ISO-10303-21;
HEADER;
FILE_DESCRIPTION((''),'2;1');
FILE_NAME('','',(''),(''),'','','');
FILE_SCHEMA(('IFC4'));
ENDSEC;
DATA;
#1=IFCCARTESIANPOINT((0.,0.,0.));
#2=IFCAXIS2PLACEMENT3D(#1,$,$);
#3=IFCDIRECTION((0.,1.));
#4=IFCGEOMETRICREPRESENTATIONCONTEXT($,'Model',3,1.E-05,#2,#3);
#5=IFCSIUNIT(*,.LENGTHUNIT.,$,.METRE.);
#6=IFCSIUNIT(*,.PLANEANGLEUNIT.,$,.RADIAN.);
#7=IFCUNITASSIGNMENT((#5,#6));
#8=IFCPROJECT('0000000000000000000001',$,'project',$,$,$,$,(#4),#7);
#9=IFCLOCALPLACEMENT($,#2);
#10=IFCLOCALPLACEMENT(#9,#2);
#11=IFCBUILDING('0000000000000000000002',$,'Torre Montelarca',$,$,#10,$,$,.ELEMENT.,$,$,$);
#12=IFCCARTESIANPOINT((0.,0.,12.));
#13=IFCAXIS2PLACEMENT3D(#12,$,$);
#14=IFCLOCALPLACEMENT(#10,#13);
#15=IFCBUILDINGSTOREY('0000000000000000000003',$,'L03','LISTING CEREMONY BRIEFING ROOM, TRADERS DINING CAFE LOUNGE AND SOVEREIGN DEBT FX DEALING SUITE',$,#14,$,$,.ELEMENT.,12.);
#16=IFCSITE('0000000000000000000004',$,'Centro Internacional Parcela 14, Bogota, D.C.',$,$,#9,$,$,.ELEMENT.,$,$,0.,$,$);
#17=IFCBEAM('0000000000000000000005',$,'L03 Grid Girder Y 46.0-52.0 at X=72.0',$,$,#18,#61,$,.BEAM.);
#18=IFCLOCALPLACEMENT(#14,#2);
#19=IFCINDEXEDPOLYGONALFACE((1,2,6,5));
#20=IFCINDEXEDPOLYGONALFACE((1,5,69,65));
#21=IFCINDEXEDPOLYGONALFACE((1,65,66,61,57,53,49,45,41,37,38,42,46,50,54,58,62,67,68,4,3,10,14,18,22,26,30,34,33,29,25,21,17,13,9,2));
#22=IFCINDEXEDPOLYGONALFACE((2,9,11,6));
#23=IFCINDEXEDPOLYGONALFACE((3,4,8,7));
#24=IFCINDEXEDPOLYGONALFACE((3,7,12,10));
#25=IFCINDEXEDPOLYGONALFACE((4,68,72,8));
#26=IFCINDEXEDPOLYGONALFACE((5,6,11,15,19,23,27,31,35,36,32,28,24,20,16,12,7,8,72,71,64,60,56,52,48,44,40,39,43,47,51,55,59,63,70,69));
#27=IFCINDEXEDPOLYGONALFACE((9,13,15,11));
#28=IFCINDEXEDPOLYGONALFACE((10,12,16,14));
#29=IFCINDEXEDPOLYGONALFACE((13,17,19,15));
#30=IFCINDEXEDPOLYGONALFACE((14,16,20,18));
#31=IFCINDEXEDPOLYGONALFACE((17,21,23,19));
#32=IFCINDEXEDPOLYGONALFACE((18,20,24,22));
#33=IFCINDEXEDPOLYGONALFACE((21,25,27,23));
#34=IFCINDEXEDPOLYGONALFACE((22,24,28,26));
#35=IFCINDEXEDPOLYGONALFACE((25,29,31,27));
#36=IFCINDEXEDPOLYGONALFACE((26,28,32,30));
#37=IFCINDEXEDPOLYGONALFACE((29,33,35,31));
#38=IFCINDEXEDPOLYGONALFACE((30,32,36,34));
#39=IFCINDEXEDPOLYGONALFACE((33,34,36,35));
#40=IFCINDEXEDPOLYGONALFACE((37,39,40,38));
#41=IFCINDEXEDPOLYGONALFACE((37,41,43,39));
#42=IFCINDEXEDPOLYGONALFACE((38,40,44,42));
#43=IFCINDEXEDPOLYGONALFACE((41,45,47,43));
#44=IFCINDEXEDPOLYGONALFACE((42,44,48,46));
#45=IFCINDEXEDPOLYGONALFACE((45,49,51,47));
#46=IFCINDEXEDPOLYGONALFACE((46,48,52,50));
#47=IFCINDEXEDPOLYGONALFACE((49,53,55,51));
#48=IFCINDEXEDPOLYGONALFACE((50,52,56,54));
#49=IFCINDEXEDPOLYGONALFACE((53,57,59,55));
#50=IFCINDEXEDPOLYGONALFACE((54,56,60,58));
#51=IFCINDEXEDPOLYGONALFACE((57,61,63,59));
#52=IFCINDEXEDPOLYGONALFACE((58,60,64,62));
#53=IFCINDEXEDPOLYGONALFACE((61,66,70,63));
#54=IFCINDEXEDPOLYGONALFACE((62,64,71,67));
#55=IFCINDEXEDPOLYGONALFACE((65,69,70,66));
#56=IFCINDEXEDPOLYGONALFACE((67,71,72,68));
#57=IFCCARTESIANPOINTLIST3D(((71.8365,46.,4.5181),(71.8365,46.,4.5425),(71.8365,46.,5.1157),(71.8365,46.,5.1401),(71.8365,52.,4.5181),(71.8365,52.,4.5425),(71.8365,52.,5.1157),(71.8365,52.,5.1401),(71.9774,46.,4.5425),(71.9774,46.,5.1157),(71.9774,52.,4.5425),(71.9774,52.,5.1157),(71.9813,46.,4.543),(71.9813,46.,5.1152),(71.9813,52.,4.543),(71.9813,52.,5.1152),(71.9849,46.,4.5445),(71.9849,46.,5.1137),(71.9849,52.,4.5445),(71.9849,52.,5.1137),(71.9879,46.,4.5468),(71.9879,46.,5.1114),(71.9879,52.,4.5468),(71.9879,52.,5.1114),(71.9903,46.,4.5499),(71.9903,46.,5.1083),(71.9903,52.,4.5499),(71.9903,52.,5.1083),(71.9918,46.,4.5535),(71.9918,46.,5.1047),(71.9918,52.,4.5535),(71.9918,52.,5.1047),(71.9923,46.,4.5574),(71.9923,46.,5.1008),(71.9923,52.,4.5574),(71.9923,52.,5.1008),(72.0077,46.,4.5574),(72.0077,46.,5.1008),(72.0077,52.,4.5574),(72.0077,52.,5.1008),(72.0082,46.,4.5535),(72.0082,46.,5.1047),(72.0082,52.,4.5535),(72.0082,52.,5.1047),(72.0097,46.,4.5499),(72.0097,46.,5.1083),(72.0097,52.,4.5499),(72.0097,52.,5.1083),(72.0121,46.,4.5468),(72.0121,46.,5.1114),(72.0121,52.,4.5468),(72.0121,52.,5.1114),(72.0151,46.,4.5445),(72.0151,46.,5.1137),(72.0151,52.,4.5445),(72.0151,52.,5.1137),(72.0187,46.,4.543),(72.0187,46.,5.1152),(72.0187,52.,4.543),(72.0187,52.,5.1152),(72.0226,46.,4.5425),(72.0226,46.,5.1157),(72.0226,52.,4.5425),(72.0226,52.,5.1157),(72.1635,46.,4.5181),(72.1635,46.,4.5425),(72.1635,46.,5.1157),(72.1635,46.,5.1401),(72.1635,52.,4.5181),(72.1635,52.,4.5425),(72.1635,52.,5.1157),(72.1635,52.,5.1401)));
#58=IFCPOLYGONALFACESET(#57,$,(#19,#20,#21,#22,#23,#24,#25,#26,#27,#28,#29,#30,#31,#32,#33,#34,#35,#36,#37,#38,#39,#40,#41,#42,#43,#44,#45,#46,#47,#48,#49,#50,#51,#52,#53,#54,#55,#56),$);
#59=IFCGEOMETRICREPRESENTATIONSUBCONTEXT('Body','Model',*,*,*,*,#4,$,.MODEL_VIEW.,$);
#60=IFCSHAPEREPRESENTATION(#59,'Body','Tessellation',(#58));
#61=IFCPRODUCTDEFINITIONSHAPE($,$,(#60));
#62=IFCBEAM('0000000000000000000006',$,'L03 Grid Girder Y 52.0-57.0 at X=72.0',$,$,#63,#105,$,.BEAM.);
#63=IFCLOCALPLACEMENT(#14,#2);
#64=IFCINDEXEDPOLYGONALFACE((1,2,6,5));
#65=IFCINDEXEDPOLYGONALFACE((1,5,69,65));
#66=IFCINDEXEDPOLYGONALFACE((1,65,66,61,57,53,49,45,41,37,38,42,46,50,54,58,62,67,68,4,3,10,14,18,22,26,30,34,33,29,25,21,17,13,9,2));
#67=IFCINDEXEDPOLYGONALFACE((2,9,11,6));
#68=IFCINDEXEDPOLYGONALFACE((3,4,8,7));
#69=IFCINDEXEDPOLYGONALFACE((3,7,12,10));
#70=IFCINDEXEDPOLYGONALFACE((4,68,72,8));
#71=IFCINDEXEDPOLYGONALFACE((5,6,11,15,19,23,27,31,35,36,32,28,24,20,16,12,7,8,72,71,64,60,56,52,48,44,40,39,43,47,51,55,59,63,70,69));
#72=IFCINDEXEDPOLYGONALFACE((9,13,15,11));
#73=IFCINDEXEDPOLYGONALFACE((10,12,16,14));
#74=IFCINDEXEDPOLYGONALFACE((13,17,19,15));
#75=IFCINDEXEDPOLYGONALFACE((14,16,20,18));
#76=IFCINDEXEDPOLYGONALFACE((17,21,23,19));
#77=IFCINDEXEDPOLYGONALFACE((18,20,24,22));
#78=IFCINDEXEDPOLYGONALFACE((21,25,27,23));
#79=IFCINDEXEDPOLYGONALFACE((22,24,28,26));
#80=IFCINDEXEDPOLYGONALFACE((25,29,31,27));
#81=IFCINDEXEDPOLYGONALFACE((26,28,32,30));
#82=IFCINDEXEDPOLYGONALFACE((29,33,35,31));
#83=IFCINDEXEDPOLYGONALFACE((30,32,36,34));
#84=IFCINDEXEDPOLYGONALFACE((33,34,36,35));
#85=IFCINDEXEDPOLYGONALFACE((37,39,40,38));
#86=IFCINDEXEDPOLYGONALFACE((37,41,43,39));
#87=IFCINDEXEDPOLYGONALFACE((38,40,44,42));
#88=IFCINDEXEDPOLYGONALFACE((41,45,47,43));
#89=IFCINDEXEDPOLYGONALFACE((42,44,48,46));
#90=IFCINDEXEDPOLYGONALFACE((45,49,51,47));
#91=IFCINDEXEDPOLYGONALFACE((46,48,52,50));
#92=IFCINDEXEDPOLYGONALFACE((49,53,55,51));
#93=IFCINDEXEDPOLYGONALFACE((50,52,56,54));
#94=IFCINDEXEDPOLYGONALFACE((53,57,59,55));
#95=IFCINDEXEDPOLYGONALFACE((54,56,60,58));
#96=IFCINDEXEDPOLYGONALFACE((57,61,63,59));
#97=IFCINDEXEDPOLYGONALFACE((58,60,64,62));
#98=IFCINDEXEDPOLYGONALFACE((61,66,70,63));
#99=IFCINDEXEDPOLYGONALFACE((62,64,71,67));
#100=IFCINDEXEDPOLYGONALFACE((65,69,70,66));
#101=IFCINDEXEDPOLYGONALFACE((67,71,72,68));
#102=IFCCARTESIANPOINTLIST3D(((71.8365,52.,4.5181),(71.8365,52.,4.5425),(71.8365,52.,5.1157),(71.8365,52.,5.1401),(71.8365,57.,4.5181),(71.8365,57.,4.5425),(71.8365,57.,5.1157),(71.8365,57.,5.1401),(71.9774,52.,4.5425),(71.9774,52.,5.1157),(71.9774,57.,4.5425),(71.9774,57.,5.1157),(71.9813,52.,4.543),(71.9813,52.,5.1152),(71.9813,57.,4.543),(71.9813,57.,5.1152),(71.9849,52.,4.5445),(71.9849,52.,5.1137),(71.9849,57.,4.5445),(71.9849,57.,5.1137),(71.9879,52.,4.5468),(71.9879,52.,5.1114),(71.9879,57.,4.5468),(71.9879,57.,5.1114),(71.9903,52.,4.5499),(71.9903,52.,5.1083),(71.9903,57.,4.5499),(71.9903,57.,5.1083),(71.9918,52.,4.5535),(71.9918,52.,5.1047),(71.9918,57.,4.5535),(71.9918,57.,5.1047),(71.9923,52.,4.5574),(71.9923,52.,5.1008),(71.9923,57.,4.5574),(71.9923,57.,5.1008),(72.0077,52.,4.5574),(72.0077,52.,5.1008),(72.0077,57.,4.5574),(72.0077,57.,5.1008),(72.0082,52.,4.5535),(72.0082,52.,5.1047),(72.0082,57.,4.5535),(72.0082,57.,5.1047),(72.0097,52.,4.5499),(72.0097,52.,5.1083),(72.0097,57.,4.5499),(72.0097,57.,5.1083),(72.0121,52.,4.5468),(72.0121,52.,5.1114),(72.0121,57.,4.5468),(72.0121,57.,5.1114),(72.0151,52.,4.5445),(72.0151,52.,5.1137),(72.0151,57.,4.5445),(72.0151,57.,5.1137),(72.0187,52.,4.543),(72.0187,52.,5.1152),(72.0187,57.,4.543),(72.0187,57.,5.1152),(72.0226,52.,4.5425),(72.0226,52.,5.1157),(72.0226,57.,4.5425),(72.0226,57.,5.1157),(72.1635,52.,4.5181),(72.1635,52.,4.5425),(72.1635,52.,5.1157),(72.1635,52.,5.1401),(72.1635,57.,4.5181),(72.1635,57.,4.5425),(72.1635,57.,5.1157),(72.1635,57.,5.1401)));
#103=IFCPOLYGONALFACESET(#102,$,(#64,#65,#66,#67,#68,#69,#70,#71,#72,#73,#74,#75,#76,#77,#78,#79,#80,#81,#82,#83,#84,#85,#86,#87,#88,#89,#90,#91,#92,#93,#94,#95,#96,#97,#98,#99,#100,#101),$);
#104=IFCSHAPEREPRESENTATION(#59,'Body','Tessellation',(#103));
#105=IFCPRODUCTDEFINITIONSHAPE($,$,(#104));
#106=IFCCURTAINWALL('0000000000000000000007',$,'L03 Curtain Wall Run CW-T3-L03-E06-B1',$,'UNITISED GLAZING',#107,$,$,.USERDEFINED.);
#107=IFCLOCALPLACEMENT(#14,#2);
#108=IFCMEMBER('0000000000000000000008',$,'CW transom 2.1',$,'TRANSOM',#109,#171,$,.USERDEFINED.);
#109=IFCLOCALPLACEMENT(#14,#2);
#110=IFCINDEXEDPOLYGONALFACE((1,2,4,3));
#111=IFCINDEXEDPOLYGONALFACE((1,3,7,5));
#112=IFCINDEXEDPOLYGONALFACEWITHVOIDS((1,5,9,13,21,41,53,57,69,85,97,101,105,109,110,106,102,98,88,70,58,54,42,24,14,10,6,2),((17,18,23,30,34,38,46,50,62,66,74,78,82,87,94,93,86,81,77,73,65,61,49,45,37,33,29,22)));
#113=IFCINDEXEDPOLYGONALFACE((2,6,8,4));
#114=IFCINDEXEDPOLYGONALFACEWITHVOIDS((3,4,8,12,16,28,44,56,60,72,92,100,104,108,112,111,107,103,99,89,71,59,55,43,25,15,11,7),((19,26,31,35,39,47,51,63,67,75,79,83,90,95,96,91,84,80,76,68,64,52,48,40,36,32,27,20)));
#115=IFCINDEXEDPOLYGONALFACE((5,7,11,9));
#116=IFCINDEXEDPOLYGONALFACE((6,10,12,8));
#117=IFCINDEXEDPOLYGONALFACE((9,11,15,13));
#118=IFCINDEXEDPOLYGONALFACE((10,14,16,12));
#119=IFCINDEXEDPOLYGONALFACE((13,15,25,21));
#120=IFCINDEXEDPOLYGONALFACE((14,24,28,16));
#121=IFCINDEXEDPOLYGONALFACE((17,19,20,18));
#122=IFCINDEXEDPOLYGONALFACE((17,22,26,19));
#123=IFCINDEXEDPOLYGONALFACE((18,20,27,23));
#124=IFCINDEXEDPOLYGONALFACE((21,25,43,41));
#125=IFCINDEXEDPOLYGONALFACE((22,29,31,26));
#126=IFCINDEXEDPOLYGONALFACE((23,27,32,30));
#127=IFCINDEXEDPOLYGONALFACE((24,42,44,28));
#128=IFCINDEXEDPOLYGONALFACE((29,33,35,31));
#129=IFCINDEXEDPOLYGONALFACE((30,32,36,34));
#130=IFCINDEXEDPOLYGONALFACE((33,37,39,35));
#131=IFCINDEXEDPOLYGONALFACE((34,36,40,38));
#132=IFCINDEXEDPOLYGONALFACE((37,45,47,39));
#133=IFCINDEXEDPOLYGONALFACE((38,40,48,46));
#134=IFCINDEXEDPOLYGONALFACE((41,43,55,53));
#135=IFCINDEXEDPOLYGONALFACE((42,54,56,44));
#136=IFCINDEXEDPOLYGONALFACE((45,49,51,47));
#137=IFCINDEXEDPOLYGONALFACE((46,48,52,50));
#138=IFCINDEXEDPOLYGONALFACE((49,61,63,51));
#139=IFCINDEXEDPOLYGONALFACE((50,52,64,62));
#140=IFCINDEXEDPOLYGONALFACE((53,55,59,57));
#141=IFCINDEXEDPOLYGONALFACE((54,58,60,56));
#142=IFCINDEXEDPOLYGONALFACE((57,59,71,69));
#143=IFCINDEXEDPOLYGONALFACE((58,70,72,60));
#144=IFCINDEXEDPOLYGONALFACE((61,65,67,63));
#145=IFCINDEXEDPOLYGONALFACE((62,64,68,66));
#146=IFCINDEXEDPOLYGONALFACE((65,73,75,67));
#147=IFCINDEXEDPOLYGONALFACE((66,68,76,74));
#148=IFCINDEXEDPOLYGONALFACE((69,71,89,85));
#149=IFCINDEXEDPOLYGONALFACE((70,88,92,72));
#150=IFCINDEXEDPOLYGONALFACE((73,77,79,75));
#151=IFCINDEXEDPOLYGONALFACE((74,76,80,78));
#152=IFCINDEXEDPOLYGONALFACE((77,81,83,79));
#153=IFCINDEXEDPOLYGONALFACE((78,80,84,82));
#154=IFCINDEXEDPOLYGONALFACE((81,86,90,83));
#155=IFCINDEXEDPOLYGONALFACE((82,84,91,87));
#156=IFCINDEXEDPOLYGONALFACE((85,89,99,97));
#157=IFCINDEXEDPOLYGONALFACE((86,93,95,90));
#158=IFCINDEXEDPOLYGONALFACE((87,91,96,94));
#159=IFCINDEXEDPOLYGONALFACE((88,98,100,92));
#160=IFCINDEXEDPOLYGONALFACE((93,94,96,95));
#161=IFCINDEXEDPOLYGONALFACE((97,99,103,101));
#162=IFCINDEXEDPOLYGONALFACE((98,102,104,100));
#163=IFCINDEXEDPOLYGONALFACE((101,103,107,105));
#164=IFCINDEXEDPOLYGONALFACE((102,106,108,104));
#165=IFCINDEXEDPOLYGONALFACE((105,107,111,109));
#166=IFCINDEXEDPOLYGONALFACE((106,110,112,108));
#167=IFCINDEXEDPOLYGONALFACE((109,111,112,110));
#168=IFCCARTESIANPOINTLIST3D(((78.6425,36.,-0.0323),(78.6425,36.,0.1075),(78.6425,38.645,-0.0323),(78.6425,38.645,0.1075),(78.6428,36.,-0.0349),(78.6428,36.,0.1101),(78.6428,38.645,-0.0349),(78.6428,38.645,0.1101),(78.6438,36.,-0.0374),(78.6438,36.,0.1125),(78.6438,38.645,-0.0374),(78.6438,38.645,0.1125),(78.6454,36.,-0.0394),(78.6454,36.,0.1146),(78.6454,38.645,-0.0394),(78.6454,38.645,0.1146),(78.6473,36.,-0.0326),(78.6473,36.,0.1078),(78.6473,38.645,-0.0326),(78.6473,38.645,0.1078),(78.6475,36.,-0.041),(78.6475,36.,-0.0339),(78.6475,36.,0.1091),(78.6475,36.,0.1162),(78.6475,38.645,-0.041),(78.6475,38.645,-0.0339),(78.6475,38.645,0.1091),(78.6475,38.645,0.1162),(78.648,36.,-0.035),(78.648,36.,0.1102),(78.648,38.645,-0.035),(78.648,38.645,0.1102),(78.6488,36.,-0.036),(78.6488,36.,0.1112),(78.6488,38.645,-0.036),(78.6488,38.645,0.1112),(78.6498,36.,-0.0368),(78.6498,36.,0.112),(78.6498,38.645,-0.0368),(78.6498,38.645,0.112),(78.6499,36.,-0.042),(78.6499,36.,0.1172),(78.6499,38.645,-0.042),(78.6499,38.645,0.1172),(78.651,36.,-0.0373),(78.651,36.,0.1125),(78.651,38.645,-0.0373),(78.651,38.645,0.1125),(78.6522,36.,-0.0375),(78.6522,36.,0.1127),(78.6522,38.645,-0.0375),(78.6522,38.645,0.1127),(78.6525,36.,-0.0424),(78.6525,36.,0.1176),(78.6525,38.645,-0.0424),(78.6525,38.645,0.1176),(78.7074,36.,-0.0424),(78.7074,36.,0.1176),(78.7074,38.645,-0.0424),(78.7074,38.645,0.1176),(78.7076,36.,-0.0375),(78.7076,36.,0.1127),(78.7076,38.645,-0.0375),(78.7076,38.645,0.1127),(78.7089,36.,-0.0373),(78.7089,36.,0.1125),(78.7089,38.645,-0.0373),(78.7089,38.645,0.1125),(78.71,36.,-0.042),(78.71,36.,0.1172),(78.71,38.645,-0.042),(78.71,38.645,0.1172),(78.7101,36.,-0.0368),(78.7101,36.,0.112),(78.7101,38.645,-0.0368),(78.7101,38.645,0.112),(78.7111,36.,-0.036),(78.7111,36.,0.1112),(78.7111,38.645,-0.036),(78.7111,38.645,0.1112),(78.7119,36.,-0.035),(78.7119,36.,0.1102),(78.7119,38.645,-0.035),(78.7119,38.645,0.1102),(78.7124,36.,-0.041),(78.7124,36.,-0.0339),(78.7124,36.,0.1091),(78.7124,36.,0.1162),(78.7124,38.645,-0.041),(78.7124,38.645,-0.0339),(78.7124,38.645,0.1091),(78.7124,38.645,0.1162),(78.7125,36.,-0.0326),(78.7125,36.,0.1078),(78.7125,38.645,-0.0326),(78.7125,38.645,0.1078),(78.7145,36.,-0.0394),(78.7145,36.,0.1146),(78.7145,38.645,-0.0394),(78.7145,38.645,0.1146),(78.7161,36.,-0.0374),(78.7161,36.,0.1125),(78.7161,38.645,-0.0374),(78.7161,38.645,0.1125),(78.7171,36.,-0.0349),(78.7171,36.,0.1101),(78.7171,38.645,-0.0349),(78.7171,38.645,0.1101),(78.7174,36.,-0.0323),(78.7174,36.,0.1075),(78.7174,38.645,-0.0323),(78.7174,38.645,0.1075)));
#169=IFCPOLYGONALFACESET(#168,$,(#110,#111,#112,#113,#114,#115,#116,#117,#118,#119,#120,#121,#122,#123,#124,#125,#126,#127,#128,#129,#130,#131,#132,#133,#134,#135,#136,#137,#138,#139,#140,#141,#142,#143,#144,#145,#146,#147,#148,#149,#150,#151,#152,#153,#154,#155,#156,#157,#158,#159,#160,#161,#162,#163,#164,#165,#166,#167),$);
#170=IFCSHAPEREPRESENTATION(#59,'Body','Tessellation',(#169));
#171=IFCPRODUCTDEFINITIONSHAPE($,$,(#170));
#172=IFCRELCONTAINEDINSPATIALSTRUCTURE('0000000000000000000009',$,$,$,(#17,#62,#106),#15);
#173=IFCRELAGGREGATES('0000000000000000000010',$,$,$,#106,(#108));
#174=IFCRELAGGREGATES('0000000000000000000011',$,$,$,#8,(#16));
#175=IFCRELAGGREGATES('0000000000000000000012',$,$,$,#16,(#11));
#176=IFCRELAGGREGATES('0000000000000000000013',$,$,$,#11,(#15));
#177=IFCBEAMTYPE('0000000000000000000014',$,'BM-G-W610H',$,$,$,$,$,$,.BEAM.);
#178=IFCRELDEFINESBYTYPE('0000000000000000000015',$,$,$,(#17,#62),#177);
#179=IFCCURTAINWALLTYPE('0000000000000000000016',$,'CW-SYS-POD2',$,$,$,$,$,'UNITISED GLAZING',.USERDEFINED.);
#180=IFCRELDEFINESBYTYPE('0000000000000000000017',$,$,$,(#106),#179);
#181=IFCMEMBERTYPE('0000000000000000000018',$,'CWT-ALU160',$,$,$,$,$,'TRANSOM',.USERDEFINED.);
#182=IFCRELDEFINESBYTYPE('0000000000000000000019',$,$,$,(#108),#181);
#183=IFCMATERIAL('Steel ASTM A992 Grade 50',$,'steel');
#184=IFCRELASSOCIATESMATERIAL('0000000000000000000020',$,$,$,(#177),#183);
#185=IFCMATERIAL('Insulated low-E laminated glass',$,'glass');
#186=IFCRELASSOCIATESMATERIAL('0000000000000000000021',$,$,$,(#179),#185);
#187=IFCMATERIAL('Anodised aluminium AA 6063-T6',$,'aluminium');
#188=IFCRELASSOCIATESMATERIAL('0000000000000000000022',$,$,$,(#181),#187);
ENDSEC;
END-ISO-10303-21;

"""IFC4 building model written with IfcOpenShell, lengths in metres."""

from ifc_helpers import new_model, si_unit, direction, frame, origin, origin_2d, place, context, subcontext, project, spatial, hollow_rectangle, i_section, extrude, source, transform, mapped, material, material_profile, profile_set, type_object, element, aggregate, save


model = new_model("IFC4")

# Units and contexts
model_context = context("Model", 3, precision=1e-05, world=origin(), true_north=direction((0.0, 1.0)))
body_context = subcontext(model_context, "Body", "Model", "MODEL_VIEW")
ifc_project = project(units=[si_unit("LENGTHUNIT", "METRE"), si_unit("PLANEANGLEUNIT", "RADIAN")], contexts=[model_context])

# Site, building, storey
site_placement = place(None, origin())
site = spatial("IfcSite", under=ifc_project, at=site_placement, Name="Centro Internacional Parcela 14, Bogota, D.C.", CompositionType="ELEMENT", RefElevation=0.0)
building_placement = place(site_placement, origin())
building = spatial("IfcBuilding", under=site, at=building_placement, Name="Torre Montelarca", CompositionType="ELEMENT")
storey_placement = place(building_placement, frame((0.0, 0.0, 12.0)))
storey = spatial("IfcBuildingStorey", under=building, at=storey_placement, Name="L03", Description="LISTING CEREMONY BRIEFING ROOM, TRADERS DINING CAFE LOUNGE AND SOVEREIGN DEBT FX DEALING SUITE", CompositionType="ELEMENT", Elevation=12.0)

# Shared definitions
ifc_material_1 = material(Name="Steel ASTM A992 Grade 50", Category="steel")

# Beams
ifc_material_profile_1 = material_profile(ifc_material_1, i_section(OverallWidth=0.3269, OverallDepth=0.6221, WebThickness=0.0154, FlangeThickness=0.0244, FilletRadius=0.0149, at=origin_2d()), Name="W610X195", Category="steel")
ifc_profile_set_1 = profile_set([ifc_material_profile_1], Name="Steel ASTM A992 Grade 50")
beam_type_1 = type_object("IfcBeamType", Name="BM-G-W610H", PredefinedType="BEAM", material=ifc_profile_set_1)
shared_shape_1 = source(origin(), body_context, "Body", "SweptSolid", [
    extrude(i_section(OverallWidth=0.3269, OverallDepth=0.6221, WebThickness=0.0154, FlangeThickness=0.0244, FilletRadius=0.0149, at=origin_2d()), origin(), (0.0, 0.0, 1.0), 6.0),
])
for number, where, z_axis, x_axis, name in (
    (1, (72.0, 46.0, 4.8291), (0.0, 1.0, 0.0), (-1.0, 0.0, 0.0), "L03 Grid Girder Y 46.0-52.0 at X=72.0"),
):
    element("IfcBeam", number, at=place(storey_placement, frame(where, z_axis=z_axis, x_axis=x_axis)), inside=storey, type_object=beam_type_1, Name=name, PredefinedType="BEAM", context=body_context, shape_type="MappedRepresentation", body=[
        mapped(shared_shape_1, transform((0.0, 0.0, 0.0), scale=1.0)),
    ])
shared_shape_2 = source(origin(), body_context, "Body", "SweptSolid", [
    extrude(i_section(OverallWidth=0.3269, OverallDepth=0.6221, WebThickness=0.0154, FlangeThickness=0.0244, FilletRadius=0.0149, at=origin_2d()), origin(), (0.0, 0.0, 1.0), 5.0),
])
beam_placement = place(storey_placement, frame((72.0, 52.0, 4.8291), z_axis=(0.0, 1.0, 0.0), x_axis=(-1.0, 0.0, 0.0)))
element("IfcBeam", 2, at=beam_placement, inside=storey, type_object=beam_type_1, Name="L03 Grid Girder Y 52.0-57.0 at X=72.0", PredefinedType="BEAM", context=body_context, shape_type="MappedRepresentation", body=[
    mapped(shared_shape_2, transform((0.0, 0.0, 0.0), scale=1.0)),
])

# Curtain wall, member
ifc_material_2 = material(Name="Insulated low-E laminated glass", Category="glass")
curtain_wall_type = type_object("IfcCurtainWallType", Name="CW-SYS-POD2", ElementType="UNITISED GLAZING", PredefinedType="USERDEFINED", material=ifc_material_2)
curtain_wall_placement = place(storey_placement, origin())
curtain_wall = element("IfcCurtainWall", 3, at=curtain_wall_placement, inside=storey, type_object=curtain_wall_type, Name="L03 Curtain Wall Run CW-T3-L03-E06-B1", ObjectType="UNITISED GLAZING", PredefinedType="USERDEFINED")
ifc_material_3 = material(Name="Anodised aluminium AA 6063-T6", Category="aluminium")
ifc_material_profile_2 = material_profile(ifc_material_3, hollow_rectangle(XDim=0.075, YDim=0.1599, WallThickness=0.0049, InnerFilletRadius=0.0049, OuterFilletRadius=0.01, at=origin_2d()), Name="ALU75X160X5", Category="aluminium")
ifc_profile_set_2 = profile_set([ifc_material_profile_2], Name="Anodised aluminium AA 6063-T6")
member_type_1 = type_object("IfcMemberType", Name="CWT-ALU160", ElementType="TRANSOM", PredefinedType="USERDEFINED", material=ifc_profile_set_2)
shared_shape_3 = source(origin(), body_context, "Body", "SweptSolid", [
    extrude(hollow_rectangle(XDim=0.075, YDim=0.1599, WallThickness=0.0049, InnerFilletRadius=0.0049, OuterFilletRadius=0.01, at=origin_2d()), origin(), (0.0, 0.0, 1.0), 2.645),
])
member_1_placement = place(storey_placement, frame((78.6799, 36.0, 0.0376), z_axis=(0.0, 1.0, 0.0), x_axis=(-1.0, 0.0, 0.0)))
member_1 = element("IfcMember", 4, at=member_1_placement, type_object=member_type_1, Name="CW transom 2.1", ObjectType="TRANSOM", PredefinedType="USERDEFINED", context=body_context, shape_type="MappedRepresentation", body=[
    mapped(shared_shape_3, transform((0.0, 0.0, 0.0), scale=1.0)),
])
aggregate(curtain_wall, [member_1])

save(model, "model.ifc")
